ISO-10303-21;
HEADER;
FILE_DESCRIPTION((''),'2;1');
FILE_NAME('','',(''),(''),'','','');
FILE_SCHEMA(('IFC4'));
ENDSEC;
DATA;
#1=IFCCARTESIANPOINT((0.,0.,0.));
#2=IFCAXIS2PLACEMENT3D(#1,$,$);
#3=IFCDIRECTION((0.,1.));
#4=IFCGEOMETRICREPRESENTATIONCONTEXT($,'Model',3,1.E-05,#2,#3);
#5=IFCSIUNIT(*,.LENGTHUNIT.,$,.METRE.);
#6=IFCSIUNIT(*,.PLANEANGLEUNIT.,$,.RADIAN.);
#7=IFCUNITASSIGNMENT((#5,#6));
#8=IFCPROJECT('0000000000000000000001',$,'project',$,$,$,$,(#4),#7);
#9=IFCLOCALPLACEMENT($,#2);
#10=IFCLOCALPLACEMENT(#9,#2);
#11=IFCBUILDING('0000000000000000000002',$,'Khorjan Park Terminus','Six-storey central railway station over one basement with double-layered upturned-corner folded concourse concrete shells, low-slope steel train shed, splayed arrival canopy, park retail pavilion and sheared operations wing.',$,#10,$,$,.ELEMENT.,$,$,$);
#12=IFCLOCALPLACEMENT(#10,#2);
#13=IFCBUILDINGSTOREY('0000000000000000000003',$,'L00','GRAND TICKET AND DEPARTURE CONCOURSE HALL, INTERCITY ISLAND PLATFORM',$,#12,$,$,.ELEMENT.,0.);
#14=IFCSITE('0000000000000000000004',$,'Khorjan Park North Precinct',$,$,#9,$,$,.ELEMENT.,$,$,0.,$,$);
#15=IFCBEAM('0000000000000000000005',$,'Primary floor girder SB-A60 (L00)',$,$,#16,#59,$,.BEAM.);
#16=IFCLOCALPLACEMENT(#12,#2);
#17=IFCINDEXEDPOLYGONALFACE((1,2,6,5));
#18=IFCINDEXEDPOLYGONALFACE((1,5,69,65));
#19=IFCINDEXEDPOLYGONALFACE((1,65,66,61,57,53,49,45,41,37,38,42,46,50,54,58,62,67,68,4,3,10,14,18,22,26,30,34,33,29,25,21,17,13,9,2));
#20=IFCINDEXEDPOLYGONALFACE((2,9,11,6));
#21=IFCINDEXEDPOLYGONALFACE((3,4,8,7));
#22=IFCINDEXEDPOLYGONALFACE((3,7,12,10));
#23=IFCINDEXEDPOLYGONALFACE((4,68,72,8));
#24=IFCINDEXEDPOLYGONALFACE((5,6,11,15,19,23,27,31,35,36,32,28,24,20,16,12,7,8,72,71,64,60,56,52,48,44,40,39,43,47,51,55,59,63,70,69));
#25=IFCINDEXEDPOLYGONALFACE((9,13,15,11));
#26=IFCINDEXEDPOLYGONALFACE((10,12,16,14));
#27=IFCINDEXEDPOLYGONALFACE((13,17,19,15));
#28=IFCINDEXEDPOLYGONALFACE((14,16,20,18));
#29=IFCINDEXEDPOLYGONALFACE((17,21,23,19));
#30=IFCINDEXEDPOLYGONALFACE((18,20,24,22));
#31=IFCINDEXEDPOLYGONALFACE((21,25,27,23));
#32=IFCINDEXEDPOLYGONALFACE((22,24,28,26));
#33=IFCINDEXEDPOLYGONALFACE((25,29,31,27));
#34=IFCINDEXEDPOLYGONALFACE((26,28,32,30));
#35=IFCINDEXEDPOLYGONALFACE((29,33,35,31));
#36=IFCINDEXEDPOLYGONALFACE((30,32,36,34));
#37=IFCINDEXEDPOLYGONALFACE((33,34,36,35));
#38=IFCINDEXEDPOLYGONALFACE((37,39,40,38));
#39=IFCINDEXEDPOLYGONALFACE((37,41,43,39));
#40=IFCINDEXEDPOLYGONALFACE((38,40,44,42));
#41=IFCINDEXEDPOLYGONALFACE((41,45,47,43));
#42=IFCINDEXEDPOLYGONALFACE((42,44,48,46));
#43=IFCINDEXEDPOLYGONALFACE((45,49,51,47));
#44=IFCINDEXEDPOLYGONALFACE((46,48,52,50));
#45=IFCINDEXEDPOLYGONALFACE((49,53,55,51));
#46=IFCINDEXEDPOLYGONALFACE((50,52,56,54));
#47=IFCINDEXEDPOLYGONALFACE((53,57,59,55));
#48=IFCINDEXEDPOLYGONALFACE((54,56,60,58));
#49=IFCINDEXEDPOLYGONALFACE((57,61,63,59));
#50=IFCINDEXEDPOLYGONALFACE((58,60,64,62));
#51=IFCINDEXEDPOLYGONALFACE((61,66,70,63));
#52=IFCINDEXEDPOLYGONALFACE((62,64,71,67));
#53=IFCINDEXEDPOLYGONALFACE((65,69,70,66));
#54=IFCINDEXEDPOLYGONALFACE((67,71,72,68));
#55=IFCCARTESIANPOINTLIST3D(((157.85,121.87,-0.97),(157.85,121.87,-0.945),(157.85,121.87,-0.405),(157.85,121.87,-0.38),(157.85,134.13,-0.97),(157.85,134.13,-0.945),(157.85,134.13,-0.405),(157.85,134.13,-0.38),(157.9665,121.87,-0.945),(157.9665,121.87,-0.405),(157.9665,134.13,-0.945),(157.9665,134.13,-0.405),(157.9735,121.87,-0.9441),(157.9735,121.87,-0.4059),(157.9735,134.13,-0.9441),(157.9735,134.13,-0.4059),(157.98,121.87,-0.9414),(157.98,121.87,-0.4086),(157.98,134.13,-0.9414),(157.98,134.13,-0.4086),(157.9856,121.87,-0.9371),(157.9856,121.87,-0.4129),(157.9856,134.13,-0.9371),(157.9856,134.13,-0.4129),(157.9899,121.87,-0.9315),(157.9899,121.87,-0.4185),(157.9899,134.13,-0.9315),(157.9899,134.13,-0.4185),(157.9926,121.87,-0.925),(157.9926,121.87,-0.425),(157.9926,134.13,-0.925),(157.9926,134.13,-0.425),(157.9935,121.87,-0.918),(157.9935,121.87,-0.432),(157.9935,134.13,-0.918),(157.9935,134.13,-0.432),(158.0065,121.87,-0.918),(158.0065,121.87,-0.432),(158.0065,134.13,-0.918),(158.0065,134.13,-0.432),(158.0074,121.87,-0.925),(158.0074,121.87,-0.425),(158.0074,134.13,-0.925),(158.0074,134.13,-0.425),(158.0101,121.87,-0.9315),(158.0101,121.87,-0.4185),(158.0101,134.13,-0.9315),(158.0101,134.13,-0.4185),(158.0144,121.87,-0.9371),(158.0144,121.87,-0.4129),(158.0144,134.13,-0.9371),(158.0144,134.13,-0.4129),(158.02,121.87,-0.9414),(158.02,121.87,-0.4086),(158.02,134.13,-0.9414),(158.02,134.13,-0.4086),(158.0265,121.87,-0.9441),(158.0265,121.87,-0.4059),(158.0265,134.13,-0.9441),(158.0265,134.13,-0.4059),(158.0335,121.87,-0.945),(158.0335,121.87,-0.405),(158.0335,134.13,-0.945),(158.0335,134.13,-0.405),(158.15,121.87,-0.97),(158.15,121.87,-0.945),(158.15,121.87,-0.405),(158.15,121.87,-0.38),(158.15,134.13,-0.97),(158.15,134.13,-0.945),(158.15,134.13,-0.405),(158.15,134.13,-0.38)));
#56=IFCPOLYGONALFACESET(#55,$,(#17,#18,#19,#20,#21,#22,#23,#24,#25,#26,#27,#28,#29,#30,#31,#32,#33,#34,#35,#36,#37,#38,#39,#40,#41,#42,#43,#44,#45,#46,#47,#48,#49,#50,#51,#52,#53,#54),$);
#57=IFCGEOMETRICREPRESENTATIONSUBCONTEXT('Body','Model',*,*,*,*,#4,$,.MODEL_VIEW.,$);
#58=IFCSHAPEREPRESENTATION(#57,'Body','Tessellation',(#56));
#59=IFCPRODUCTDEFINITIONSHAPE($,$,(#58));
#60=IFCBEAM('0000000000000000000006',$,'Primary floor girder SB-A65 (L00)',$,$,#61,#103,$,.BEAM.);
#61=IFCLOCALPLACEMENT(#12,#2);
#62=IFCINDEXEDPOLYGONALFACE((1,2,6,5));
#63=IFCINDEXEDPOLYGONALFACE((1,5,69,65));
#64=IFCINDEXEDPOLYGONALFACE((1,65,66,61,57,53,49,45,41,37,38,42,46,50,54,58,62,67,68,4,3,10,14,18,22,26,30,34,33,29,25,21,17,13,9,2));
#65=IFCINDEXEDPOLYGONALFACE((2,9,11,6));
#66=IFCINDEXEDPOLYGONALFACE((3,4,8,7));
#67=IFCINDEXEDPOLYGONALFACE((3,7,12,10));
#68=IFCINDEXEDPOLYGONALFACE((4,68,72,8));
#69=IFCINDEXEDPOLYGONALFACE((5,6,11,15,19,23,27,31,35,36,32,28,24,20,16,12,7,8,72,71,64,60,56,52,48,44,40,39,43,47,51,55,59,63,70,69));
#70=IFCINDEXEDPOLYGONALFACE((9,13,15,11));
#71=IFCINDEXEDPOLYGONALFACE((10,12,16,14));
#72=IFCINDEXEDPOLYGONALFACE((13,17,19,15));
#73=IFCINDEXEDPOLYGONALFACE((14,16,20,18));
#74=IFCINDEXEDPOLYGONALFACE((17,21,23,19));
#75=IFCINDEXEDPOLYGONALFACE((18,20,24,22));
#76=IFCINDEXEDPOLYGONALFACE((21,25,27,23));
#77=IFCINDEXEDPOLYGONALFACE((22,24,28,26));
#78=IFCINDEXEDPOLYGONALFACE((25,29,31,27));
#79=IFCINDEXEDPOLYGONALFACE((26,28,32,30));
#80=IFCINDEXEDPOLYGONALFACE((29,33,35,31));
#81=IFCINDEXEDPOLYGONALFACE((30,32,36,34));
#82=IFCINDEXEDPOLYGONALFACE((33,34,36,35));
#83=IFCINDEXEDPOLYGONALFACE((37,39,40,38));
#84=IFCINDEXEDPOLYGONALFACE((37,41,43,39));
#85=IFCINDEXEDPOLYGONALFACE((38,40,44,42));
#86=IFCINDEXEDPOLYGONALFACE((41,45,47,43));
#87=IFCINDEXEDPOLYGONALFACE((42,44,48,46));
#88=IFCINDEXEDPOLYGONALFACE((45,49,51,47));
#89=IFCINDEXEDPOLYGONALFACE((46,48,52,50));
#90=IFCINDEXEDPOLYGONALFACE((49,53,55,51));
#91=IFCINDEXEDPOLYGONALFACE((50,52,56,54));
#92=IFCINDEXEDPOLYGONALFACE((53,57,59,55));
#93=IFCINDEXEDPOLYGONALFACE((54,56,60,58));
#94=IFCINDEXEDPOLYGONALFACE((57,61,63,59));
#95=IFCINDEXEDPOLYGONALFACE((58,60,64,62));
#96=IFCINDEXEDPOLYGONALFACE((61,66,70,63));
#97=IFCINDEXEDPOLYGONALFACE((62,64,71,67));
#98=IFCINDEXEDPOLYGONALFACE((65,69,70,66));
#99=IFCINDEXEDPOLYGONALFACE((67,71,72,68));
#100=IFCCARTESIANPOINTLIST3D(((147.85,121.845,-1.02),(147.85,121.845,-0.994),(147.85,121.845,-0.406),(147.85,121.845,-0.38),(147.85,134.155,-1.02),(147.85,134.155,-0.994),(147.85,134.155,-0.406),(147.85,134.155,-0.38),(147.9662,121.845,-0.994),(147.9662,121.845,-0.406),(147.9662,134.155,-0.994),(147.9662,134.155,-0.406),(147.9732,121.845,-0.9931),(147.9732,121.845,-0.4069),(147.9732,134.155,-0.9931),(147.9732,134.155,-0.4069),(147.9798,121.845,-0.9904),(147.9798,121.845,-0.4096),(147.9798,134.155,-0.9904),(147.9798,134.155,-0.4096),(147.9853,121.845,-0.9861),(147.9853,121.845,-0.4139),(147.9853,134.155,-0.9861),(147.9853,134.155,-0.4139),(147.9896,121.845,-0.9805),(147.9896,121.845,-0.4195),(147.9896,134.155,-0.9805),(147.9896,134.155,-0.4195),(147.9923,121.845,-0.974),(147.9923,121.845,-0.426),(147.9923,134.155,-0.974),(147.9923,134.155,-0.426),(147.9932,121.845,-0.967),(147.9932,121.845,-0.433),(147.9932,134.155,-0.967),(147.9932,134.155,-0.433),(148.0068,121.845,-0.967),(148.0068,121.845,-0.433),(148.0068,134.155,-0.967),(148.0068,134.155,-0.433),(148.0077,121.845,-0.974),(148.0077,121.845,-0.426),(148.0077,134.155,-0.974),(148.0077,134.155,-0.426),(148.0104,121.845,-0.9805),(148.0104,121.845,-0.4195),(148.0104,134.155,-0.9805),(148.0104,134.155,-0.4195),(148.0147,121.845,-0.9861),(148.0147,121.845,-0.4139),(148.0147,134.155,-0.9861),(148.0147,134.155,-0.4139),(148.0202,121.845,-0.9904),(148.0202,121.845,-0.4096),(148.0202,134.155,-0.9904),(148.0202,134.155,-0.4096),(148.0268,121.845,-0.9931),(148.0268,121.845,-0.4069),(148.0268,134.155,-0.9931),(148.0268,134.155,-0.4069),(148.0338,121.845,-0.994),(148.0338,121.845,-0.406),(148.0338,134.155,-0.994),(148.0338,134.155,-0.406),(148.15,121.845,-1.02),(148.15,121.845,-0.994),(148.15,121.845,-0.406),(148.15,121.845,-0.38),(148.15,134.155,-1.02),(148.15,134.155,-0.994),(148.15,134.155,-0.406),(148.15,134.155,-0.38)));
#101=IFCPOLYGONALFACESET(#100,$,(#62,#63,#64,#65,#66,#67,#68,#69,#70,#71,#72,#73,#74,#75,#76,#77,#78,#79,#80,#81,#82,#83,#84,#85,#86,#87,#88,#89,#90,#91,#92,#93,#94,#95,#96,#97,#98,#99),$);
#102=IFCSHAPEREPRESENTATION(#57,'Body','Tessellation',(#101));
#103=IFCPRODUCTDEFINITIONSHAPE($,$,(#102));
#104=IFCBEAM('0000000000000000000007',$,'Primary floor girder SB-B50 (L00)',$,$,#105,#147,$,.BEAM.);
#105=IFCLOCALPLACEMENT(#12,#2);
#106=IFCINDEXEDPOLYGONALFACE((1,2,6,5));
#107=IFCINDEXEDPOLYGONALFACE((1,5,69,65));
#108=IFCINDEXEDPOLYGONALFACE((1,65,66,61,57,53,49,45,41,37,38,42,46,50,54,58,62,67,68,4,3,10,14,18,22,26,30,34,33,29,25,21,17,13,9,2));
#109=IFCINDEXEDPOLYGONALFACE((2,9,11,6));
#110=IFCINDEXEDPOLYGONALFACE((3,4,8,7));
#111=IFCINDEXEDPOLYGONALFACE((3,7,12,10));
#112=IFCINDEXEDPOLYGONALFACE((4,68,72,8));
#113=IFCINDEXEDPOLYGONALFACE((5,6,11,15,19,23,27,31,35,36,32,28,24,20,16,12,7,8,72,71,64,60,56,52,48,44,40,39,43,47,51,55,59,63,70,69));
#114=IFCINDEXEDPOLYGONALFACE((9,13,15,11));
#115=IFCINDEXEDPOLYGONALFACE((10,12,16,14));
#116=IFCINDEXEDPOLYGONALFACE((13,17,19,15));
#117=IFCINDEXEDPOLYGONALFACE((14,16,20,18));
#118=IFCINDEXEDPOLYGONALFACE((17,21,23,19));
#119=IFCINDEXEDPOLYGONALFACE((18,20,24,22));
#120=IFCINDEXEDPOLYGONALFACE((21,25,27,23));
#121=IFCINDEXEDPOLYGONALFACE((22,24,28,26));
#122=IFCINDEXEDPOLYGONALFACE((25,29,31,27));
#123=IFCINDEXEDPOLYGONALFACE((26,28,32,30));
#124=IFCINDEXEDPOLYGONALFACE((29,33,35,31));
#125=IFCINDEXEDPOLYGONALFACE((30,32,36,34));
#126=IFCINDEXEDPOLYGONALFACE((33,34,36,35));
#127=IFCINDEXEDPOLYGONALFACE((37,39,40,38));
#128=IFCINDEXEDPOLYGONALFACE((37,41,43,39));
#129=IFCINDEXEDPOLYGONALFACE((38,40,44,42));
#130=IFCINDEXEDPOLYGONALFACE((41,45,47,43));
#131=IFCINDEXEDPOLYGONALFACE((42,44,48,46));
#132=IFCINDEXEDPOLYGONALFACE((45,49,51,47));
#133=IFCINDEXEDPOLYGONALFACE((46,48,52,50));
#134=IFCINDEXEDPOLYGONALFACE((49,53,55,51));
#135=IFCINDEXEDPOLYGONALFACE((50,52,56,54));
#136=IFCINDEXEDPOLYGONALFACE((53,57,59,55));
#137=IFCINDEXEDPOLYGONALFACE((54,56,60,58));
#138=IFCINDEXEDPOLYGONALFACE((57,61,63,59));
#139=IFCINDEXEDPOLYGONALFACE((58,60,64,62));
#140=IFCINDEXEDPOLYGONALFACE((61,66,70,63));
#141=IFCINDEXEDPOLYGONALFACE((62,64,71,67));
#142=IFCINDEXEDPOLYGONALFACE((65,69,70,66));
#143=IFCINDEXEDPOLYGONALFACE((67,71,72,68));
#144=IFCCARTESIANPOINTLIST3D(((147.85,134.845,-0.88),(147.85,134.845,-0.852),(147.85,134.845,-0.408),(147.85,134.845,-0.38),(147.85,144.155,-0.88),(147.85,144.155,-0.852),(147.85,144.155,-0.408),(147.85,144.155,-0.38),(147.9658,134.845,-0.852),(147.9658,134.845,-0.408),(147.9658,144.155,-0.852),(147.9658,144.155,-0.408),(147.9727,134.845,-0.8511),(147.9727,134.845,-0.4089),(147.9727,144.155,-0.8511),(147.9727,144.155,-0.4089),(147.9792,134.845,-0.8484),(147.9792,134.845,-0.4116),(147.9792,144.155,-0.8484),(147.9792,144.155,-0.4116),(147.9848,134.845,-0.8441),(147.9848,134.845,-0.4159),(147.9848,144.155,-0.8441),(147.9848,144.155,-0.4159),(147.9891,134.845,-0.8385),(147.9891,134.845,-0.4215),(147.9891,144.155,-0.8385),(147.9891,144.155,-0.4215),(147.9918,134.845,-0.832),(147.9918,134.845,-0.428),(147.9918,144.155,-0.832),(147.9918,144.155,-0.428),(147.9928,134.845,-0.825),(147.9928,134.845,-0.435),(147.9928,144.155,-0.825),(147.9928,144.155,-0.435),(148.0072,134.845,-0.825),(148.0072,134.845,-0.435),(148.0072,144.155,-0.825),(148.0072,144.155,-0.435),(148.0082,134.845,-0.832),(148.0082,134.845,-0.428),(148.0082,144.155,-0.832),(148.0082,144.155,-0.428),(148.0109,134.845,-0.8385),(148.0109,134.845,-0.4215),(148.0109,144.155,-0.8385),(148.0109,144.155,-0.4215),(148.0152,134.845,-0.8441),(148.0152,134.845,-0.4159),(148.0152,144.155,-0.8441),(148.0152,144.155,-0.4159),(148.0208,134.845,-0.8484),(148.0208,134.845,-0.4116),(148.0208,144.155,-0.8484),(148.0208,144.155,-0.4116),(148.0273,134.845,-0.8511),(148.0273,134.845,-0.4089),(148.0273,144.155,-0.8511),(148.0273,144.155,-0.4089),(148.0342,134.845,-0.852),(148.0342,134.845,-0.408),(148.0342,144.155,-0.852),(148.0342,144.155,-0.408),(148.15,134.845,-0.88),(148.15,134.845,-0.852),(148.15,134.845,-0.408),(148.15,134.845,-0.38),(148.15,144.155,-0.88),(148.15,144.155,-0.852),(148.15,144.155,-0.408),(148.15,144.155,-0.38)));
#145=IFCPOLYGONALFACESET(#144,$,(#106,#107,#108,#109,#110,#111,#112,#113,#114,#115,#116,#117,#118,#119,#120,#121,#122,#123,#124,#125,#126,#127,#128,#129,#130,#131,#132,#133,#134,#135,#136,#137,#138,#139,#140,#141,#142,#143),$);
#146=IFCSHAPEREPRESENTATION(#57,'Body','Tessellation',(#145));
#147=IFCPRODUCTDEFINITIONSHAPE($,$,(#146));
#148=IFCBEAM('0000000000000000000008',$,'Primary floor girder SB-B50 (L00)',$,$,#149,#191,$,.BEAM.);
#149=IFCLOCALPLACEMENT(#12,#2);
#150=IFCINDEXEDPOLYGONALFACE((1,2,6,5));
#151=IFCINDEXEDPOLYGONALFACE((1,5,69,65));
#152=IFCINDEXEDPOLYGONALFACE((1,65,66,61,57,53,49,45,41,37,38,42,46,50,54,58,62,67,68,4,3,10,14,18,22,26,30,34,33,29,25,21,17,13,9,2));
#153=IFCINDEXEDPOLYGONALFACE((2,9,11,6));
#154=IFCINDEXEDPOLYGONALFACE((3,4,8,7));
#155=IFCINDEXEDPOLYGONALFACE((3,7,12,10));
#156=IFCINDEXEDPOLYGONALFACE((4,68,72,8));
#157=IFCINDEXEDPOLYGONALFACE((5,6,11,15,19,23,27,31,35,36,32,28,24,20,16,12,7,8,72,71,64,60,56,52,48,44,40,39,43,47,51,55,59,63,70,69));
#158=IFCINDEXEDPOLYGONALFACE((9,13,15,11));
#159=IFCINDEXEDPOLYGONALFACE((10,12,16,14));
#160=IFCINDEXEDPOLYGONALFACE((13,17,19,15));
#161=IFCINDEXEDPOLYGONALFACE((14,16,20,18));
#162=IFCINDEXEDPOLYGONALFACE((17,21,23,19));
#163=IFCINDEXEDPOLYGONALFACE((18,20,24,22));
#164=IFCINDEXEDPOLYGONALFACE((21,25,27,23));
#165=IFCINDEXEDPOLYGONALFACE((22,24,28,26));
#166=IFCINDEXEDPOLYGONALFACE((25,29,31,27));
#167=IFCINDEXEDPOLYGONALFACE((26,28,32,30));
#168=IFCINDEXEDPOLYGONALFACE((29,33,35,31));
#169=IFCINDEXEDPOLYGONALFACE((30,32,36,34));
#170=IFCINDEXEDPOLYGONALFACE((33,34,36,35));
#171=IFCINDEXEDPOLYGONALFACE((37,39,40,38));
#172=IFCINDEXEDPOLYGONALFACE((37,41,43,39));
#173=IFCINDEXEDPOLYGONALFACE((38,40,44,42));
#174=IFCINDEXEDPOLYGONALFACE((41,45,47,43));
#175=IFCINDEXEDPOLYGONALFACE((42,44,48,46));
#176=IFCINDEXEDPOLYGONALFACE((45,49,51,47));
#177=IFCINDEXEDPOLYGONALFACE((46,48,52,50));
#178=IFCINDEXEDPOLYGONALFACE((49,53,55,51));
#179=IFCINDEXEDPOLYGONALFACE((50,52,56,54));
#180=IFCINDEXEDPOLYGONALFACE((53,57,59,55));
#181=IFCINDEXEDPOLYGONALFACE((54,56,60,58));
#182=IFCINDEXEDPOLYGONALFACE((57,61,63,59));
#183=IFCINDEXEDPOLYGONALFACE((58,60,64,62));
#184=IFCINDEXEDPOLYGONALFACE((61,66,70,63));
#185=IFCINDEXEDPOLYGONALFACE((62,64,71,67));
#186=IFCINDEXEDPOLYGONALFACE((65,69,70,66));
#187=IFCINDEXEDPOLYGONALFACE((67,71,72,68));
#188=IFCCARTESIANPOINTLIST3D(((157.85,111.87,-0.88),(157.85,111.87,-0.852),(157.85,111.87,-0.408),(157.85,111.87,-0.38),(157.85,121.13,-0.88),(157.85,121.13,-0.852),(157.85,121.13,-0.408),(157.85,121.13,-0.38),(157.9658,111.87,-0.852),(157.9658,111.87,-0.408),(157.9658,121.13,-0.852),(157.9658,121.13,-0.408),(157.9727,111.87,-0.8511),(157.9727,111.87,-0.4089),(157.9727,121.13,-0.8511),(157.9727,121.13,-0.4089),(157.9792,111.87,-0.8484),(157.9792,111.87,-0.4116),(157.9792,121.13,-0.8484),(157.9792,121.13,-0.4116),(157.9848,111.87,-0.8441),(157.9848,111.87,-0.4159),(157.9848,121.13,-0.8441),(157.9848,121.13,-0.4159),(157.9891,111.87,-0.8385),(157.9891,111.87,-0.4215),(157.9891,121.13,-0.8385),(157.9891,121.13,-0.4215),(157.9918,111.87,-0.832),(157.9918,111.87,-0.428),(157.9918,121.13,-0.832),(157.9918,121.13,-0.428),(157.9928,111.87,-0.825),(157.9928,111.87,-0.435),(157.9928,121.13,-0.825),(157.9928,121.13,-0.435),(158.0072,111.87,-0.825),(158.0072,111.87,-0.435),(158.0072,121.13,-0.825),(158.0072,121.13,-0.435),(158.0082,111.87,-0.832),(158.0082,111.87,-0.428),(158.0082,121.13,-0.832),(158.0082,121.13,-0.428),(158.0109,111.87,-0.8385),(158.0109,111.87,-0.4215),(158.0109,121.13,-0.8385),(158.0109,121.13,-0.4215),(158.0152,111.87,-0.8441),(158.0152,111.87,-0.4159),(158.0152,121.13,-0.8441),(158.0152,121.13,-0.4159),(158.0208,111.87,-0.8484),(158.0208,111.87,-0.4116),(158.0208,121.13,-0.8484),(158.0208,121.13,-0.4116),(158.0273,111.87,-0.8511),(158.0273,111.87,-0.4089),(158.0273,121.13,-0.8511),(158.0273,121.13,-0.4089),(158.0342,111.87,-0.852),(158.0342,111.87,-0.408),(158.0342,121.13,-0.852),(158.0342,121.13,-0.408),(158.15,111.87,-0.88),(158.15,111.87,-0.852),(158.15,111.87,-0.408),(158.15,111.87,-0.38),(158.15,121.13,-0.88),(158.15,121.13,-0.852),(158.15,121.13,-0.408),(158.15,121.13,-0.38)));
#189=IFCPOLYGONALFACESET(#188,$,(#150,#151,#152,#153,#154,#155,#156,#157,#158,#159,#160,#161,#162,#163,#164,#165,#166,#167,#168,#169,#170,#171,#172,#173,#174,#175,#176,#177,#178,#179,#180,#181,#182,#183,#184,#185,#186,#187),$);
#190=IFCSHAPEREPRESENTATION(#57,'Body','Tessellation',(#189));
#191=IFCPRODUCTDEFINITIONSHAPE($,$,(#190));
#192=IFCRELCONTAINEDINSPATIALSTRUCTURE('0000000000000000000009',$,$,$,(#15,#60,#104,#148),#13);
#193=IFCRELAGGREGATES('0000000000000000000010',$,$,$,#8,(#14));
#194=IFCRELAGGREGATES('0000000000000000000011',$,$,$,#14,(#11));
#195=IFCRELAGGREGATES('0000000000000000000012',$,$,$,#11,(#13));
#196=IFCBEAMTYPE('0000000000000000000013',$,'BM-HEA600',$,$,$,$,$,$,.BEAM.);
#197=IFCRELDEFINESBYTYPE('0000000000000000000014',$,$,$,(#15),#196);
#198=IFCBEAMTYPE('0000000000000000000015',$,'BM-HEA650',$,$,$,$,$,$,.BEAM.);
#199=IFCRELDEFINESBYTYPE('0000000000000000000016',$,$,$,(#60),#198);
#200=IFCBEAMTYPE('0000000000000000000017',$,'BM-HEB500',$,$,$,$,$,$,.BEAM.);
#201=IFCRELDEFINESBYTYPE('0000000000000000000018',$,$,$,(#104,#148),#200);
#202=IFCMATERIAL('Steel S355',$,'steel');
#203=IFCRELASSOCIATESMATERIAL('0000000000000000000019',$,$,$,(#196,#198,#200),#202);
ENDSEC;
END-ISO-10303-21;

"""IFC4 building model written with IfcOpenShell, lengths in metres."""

from ifc_helpers import new_model, si_unit, direction, frame, origin, origin_2d, place, context, subcontext, project, spatial, i_section, extrude, material, material_profile, profile_set, type_object, element, save


model = new_model("IFC4")

# Units and contexts
model_context = context("Model", 3, precision=1e-05, world=origin(), true_north=direction((0.0, 1.0)))
body_context = subcontext(model_context, "Body", "Model", "MODEL_VIEW")
ifc_project = project(units=[si_unit("LENGTHUNIT", "METRE"), si_unit("PLANEANGLEUNIT", "RADIAN")], contexts=[model_context])

# Site, building, storey
site_placement = place(None, origin())
site = spatial("IfcSite", under=ifc_project, at=site_placement, Name="Khorjan Park North Precinct", CompositionType="ELEMENT", RefElevation=0.0)
building_placement = place(site_placement, origin())
building = spatial("IfcBuilding", under=site, at=building_placement, Name="Khorjan Park Terminus", Description="Six-storey central railway station over one basement with double-layered upturned-corner folded concourse concrete shells, low-slope steel train shed, splayed arrival canopy, park retail pavilion and sheared operations wing.", CompositionType="ELEMENT")
storey_placement = place(building_placement, origin())
storey = spatial("IfcBuildingStorey", under=building, at=storey_placement, Name="L00", Description="GRAND TICKET AND DEPARTURE CONCOURSE HALL, INTERCITY ISLAND PLATFORM", CompositionType="ELEMENT", Elevation=0.0)

# Shared definitions
ifc_material_1 = material(Name="Steel S355", Category="steel")

# Beams
ifc_material_profile_1 = material_profile(ifc_material_1, i_section(OverallWidth=0.3, OverallDepth=0.59, WebThickness=0.013, FlangeThickness=0.025, FilletRadius=0.027, at=origin_2d()), Name="HEA 600")
ifc_profile_set_1 = profile_set([ifc_material_profile_1], Name="Steel S355")
beam_type_1 = type_object("IfcBeamType", Name="BM-HEA600", PredefinedType="BEAM", material=ifc_profile_set_1)
beam_1_placement = place(storey_placement, frame((158.0, 121.87, -0.675), z_axis=(0.0, 1.0, 0.0), x_axis=(-1.0, 0.0, 0.0)))
element("IfcBeam", 1, at=beam_1_placement, inside=storey, type_object=beam_type_1, Name="Primary floor girder SB-A60 (L00)", PredefinedType="BEAM", context=body_context, shape_type="SweptSolid", body=[
    extrude(i_section(OverallWidth=0.3, OverallDepth=0.59, WebThickness=0.013, FlangeThickness=0.025, FilletRadius=0.027, at=origin_2d()), origin(), (0.0, 0.0, 1.0), 12.26),
])
ifc_material_profile_2 = material_profile(ifc_material_1, i_section(OverallWidth=0.3, OverallDepth=0.64, WebThickness=0.0135, FlangeThickness=0.026, FilletRadius=0.027, at=origin_2d()), Name="HEA 650")
ifc_profile_set_2 = profile_set([ifc_material_profile_2], Name="Steel S355")
beam_type_2 = type_object("IfcBeamType", Name="BM-HEA650", PredefinedType="BEAM", material=ifc_profile_set_2)
beam_2_placement = place(storey_placement, frame((148.0, 121.845, -0.7), z_axis=(0.0, 1.0, 0.0), x_axis=(-1.0, 0.0, 0.0)))
element("IfcBeam", 2, at=beam_2_placement, inside=storey, type_object=beam_type_2, Name="Primary floor girder SB-A65 (L00)", PredefinedType="BEAM", context=body_context, shape_type="SweptSolid", body=[
    extrude(i_section(OverallWidth=0.3, OverallDepth=0.64, WebThickness=0.0135, FlangeThickness=0.026, FilletRadius=0.027, at=origin_2d()), origin(), (0.0, 0.0, 1.0), 12.31),
])
ifc_material_profile_3 = material_profile(ifc_material_1, i_section(OverallWidth=0.3, OverallDepth=0.5, WebThickness=0.0145, FlangeThickness=0.028, FilletRadius=0.027, at=origin_2d()), Name="HEB 500")
ifc_profile_set_3 = profile_set([ifc_material_profile_3], Name="Steel S355")
beam_type_3 = type_object("IfcBeamType", Name="BM-HEB500", PredefinedType="BEAM", material=ifc_profile_set_3)
beam_3_placement = place(storey_placement, frame((148.0, 134.845, -0.63), z_axis=(0.0, 1.0, 0.0), x_axis=(-1.0, 0.0, 0.0)))
element("IfcBeam", 3, at=beam_3_placement, inside=storey, type_object=beam_type_3, Name="Primary floor girder SB-B50 (L00)", PredefinedType="BEAM", context=body_context, shape_type="SweptSolid", body=[
    extrude(i_section(OverallWidth=0.3, OverallDepth=0.5, WebThickness=0.0145, FlangeThickness=0.028, FilletRadius=0.027, at=origin_2d()), origin(), (0.0, 0.0, 1.0), 9.31),
])
beam_4_placement = place(storey_placement, frame((158.0, 111.87, -0.63), z_axis=(0.0, 1.0, 0.0), x_axis=(-1.0, 0.0, 0.0)))
element("IfcBeam", 4, at=beam_4_placement, inside=storey, type_object=beam_type_3, Name="Primary floor girder SB-B50 (L00)", PredefinedType="BEAM", context=body_context, shape_type="SweptSolid", body=[
    extrude(i_section(OverallWidth=0.3, OverallDepth=0.5, WebThickness=0.0145, FlangeThickness=0.028, FilletRadius=0.027, at=origin_2d()), origin(), (0.0, 0.0, 1.0), 9.26),
])

save(model, "model.ifc")
